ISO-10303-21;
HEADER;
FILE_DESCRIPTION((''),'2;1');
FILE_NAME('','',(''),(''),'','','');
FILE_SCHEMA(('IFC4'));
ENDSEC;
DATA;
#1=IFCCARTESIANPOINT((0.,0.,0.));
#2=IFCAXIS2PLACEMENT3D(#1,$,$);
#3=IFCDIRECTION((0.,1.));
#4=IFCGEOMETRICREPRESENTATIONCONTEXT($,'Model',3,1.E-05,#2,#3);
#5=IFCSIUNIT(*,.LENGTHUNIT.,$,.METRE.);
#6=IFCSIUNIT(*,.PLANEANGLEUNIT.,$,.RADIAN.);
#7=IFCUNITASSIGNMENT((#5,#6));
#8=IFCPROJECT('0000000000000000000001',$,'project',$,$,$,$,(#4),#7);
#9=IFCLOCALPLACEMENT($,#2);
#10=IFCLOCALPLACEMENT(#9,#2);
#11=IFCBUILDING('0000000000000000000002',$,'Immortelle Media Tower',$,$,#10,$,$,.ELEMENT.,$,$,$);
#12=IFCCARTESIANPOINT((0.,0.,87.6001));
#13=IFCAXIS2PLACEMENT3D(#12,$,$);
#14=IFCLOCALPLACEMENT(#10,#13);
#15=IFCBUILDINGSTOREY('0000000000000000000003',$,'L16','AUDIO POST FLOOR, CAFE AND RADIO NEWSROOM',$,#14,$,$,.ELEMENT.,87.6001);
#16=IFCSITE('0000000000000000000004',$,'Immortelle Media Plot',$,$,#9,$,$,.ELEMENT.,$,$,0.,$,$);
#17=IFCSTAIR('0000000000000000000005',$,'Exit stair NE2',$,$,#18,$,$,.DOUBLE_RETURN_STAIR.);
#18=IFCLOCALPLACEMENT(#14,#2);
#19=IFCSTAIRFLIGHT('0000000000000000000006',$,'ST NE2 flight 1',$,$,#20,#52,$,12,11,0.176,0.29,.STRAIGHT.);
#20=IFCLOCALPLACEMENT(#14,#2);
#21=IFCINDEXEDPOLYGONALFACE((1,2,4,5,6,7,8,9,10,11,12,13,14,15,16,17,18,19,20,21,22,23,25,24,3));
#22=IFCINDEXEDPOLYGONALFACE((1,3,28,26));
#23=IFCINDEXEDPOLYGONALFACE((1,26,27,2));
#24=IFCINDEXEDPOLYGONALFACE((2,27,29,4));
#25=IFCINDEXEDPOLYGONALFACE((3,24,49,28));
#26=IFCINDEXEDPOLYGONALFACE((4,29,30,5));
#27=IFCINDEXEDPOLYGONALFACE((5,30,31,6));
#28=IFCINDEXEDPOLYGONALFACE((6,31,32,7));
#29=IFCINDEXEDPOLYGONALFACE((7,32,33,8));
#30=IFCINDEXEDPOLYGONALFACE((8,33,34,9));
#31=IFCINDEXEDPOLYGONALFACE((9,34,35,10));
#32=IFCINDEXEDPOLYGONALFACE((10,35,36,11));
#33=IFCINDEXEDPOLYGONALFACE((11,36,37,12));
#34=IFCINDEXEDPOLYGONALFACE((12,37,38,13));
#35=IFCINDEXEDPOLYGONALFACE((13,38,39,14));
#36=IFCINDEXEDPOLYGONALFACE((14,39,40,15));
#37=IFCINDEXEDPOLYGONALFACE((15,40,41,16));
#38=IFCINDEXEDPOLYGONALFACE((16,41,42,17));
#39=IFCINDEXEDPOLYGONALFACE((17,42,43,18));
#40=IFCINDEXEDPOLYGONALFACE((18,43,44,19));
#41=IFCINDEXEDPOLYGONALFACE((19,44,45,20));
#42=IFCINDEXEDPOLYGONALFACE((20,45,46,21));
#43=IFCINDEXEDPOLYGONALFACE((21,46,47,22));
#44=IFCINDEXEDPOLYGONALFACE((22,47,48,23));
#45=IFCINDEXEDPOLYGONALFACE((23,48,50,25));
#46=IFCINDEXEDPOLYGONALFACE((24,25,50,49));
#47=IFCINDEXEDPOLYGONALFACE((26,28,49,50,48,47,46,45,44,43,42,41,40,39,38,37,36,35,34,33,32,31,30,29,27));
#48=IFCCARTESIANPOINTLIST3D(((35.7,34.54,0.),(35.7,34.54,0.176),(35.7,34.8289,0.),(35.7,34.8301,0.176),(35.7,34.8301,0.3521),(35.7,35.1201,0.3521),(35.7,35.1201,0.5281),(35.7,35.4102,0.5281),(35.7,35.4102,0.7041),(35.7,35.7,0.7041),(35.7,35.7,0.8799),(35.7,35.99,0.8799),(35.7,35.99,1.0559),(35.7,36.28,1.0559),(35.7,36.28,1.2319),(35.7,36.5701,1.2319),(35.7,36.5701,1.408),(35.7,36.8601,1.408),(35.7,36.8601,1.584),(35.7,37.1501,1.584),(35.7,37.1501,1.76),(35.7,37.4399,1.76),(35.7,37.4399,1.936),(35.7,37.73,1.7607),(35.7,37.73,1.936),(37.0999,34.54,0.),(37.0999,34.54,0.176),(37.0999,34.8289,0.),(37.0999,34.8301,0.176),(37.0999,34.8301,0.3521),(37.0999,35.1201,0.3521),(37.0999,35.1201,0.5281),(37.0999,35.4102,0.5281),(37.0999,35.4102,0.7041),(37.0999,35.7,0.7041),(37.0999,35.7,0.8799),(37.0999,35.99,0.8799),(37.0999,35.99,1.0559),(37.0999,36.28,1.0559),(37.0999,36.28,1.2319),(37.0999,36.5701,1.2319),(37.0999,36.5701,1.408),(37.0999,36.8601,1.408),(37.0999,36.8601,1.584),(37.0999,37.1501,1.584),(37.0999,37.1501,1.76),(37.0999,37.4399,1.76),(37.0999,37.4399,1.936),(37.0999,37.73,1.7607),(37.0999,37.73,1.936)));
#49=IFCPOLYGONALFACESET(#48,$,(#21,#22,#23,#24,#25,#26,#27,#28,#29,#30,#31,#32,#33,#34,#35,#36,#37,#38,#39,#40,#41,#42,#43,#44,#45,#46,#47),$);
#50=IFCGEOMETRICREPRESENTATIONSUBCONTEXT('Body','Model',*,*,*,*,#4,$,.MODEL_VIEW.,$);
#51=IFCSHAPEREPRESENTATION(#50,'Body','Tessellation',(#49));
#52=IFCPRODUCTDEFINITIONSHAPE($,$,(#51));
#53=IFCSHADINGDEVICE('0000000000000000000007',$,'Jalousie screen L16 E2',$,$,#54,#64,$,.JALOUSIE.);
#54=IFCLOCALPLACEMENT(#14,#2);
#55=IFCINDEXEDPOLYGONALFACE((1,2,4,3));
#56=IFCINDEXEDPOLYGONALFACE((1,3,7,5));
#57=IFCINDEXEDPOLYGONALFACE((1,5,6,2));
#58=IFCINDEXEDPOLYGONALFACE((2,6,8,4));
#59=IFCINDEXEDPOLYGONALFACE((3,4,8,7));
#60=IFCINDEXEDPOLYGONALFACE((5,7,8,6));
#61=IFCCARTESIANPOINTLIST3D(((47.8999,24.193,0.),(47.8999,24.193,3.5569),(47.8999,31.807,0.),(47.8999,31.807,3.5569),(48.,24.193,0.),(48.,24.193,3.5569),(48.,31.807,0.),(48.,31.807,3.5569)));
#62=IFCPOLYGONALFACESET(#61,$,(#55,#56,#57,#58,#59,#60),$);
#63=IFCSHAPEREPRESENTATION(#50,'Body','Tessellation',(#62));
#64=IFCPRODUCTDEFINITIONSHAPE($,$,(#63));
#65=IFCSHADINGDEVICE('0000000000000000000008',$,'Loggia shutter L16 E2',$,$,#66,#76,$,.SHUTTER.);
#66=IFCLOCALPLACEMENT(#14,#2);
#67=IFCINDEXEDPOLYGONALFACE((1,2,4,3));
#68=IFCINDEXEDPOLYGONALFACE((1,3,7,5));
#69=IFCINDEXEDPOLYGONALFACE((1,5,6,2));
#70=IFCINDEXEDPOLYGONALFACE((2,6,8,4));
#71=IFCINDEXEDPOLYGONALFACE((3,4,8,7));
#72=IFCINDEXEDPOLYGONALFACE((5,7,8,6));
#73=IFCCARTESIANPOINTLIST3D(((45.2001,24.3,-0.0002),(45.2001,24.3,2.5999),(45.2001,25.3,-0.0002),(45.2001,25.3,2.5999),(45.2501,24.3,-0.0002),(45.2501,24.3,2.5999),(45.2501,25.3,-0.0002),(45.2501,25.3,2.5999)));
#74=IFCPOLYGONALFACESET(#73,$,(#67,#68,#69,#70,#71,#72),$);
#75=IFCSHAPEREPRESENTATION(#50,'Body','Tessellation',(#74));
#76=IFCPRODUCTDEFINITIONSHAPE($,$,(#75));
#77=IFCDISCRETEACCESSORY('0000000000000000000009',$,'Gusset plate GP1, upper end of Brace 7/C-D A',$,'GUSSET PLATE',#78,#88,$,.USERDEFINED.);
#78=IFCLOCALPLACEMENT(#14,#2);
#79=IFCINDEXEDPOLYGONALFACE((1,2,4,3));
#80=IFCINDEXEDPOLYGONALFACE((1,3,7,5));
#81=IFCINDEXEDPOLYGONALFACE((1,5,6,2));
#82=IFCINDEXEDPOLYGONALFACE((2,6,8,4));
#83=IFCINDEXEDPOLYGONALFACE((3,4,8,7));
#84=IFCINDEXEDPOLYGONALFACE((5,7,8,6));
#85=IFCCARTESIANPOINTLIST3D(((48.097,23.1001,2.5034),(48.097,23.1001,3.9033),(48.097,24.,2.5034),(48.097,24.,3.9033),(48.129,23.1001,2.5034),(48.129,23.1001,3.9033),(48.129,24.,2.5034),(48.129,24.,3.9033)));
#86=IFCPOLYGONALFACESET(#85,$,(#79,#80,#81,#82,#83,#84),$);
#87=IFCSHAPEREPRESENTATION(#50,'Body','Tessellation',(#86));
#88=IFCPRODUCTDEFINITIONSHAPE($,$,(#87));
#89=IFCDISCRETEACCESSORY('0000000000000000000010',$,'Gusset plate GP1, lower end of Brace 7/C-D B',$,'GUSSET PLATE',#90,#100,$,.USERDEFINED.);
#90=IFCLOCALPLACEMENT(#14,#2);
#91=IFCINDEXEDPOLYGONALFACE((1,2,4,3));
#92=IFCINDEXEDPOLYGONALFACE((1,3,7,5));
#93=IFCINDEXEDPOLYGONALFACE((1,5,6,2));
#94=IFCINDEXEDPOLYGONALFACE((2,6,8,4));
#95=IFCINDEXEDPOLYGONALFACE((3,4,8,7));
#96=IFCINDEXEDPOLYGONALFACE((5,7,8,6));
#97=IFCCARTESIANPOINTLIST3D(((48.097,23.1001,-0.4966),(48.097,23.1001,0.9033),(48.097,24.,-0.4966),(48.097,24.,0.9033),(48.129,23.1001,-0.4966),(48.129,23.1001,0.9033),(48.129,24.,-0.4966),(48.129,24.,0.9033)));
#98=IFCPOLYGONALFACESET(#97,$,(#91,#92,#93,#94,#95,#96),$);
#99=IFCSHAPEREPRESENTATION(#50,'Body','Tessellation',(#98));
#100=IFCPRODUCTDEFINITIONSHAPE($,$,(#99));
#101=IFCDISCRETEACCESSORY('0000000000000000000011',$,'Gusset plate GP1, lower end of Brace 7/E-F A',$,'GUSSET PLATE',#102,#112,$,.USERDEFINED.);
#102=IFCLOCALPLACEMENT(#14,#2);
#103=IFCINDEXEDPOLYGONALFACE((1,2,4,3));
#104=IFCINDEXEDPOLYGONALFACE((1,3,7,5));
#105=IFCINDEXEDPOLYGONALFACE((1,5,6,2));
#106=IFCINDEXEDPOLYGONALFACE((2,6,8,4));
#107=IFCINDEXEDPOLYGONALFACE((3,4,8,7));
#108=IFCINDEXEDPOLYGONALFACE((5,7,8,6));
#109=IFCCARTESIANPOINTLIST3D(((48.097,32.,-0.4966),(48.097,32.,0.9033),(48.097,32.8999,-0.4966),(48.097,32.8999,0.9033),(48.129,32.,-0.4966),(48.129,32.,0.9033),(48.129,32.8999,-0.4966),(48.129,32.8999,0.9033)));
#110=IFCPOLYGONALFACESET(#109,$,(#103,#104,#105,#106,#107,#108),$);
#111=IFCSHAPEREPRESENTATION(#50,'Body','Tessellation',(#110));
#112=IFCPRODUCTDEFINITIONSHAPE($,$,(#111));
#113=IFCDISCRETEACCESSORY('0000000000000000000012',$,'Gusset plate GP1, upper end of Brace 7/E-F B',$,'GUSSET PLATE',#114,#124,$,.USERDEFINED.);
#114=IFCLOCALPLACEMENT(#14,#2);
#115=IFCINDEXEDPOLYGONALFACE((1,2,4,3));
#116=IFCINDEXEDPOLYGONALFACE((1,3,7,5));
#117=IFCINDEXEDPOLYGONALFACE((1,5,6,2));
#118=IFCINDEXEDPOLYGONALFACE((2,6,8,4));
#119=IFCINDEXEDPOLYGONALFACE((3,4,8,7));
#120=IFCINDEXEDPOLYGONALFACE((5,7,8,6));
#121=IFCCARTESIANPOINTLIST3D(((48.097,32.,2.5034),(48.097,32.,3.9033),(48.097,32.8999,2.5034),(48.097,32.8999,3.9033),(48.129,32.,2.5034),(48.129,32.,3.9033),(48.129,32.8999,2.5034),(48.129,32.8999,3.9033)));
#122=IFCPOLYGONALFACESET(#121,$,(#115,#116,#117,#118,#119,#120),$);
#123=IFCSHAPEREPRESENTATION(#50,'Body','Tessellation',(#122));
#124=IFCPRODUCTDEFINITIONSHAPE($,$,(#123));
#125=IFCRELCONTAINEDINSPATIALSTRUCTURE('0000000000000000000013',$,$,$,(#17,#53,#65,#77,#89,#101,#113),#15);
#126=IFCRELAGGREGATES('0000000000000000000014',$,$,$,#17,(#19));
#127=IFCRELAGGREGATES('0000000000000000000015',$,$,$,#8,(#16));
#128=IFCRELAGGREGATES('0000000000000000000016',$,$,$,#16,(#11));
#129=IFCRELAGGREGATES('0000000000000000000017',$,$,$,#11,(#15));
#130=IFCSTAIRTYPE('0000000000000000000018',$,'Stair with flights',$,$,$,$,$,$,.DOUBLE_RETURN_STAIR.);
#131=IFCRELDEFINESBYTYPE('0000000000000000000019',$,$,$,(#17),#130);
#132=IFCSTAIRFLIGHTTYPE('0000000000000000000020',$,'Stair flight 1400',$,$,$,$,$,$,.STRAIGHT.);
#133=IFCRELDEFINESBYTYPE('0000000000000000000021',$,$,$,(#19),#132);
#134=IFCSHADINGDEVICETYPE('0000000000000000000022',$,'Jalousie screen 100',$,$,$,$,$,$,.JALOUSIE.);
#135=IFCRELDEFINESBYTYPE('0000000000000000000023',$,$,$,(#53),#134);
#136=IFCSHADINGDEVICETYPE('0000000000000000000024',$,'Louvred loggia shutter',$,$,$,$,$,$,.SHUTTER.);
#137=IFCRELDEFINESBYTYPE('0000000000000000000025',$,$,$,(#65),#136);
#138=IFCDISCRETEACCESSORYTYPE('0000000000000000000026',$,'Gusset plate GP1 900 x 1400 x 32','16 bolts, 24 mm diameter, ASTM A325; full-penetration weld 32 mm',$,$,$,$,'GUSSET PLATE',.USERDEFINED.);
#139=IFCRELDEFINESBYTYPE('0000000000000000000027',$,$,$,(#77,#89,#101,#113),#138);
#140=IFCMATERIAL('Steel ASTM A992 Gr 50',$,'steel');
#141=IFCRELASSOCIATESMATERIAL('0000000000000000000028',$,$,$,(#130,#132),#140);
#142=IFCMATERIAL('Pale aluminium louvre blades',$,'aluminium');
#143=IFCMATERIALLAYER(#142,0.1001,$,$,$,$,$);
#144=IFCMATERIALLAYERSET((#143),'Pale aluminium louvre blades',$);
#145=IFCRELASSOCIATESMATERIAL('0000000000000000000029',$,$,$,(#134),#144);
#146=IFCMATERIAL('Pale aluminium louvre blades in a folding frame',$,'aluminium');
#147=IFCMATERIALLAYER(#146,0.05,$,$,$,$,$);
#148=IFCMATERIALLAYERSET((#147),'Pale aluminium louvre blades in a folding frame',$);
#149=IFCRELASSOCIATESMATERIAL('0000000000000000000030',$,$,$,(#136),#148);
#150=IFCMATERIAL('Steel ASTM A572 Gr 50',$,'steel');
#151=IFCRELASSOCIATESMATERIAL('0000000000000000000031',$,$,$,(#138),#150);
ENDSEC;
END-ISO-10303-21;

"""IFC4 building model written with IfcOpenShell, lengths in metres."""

from ifc_helpers import new_model, si_unit, direction, frame, origin, origin_2d, place, context, subcontext, project, spatial, polyline, rectangle, outline, extrude, material, layer, layer_set, material_profile, profile_set, type_object, element, aggregate, save


model = new_model("IFC4")

# Units and contexts
model_context = context("Model", 3, precision=1e-05, world=origin(), true_north=direction((0.0, 1.0)))
body_context = subcontext(model_context, "Body", "Model", "MODEL_VIEW")
ifc_project = project(units=[si_unit("LENGTHUNIT", "METRE"), si_unit("PLANEANGLEUNIT", "RADIAN")], contexts=[model_context])

# Site, building, storey
site_placement = place(None, origin())
site = spatial("IfcSite", under=ifc_project, at=site_placement, Name="Immortelle Media Plot", CompositionType="ELEMENT", RefElevation=0.0)
building_placement = place(site_placement, origin())
building = spatial("IfcBuilding", under=site, at=building_placement, Name="Immortelle Media Tower", CompositionType="ELEMENT")
storey_placement = place(building_placement, frame((0.0, 0.0, 87.6001)))
storey = spatial("IfcBuildingStorey", under=building, at=storey_placement, Name="L16", Description="AUDIO POST FLOOR, CAFE AND RADIO NEWSROOM", CompositionType="ELEMENT", Elevation=87.6001)

# Shared definitions
ifc_material_1 = material(Name="Steel ASTM A992 Gr 50", Category="steel")

# Stair, stair flight
stair_type = type_object("IfcStairType", Name="Stair with flights", PredefinedType="DOUBLE_RETURN_STAIR", material=ifc_material_1)
stair_placement = place(storey_placement, origin())
stair = element("IfcStair", 1, at=stair_placement, inside=storey, type_object=stair_type, Name="Exit stair NE2", PredefinedType="DOUBLE_RETURN_STAIR")
stair_flight_type = type_object("IfcStairFlightType", Name="Stair flight 1400", PredefinedType="STRAIGHT", material=ifc_material_1)
stair_flight_placement = place(storey_placement, frame((36.3999, 34.54, 0.0), z_axis=(0.0, 0.0, 1.0), x_axis=(0.0, 1.0, 0.0)))
stair_flight = element("IfcStairFlight", 2, at=stair_flight_placement, type_object=stair_flight_type, Name="ST NE2 flight 1", NumberOfRisers=12, NumberOfTreads=11, PredefinedType="STRAIGHT", RiserHeight=0.176, TreadLength=0.29, context=body_context, shape_type="SweptSolid", body=[
    extrude(outline(polyline([(0.0, 0.0), (0.0, 0.176), (0.29, 0.176), (0.29, 0.3521), (0.5801, 0.3521), (0.5801, 0.5281), (0.8701, 0.5281), (0.8701, 0.7041), (1.1599, 0.7041), (1.1599, 0.8799), (1.45, 0.8799), (1.45, 1.0559), (1.74, 1.0559), (1.74, 1.2319), (2.03, 1.2319), (2.03, 1.408), (2.3201, 1.408), (2.3201, 1.584), (2.6101, 1.584), (2.6101, 1.76), (2.8999, 1.76), (2.8999, 1.936), (3.1899, 1.936), (3.1899, 2.1121), (3.1899, 1.7607), (0.2888, 0.0), (0.0, 0.0)])), frame((0.0, 0.7, 0.0), z_axis=(0.0, -1.0, 0.0), x_axis=(1.0, 0.0, 0.0)), (0.0, 0.0, 1.0), 1.3999),
])
aggregate(stair, [stair_flight])

# Shading devices
ifc_material_2 = material(Name="Pale aluminium louvre blades", Category="aluminium")
ifc_layer_1 = layer(ifc_material_2, 0.1001)
ifc_layer_set_1 = layer_set([ifc_layer_1], Name="Pale aluminium louvre blades")
shading_device_type_1 = type_object("IfcShadingDeviceType", Name="Jalousie screen 100", PredefinedType="JALOUSIE", material=ifc_layer_set_1)
shading_device_1_placement = place(storey_placement, frame((47.95, 28.0, 0.0), z_axis=(0.0, 0.0, 1.0), x_axis=(0.0, 1.0, 0.0)))
element("IfcShadingDevice", 3, at=shading_device_1_placement, inside=storey, type_object=shading_device_type_1, Name="Jalousie screen L16 E2", PredefinedType="JALOUSIE", context=body_context, shape_type="SweptSolid", body=[
    extrude(rectangle(XDim=7.614, YDim=0.1001, at=origin_2d()), origin(), (0.0, 0.0, 1.0), 3.5569),
])
ifc_material_3 = material(Name="Pale aluminium louvre blades in a folding frame", Category="aluminium")
ifc_layer_2 = layer(ifc_material_3, 0.05)
ifc_layer_set_2 = layer_set([ifc_layer_2], Name="Pale aluminium louvre blades in a folding frame")
shading_device_type_2 = type_object("IfcShadingDeviceType", Name="Louvred loggia shutter", PredefinedType="SHUTTER", material=ifc_layer_set_2)
shading_device_2_placement = place(storey_placement, frame((45.2251, 24.8, -0.0002), z_axis=(0.0, 0.0, 1.0), x_axis=(0.0, 1.0, 0.0)))
element("IfcShadingDevice", 4, at=shading_device_2_placement, inside=storey, type_object=shading_device_type_2, Name="Loggia shutter L16 E2", PredefinedType="SHUTTER", context=body_context, shape_type="SweptSolid", body=[
    extrude(rectangle(XDim=1.0, YDim=0.05, at=origin_2d()), origin(), (0.0, 0.0, 1.0), 2.6001),
])

# Discrete accessories
ifc_material_4 = material(Name="Steel ASTM A572 Gr 50", Category="steel")
ifc_material_profile_1 = material_profile(ifc_material_4, rectangle(XDim=0.032, YDim=1.3999, at=origin_2d()), Name="PL 32 x 1400")
ifc_profile_set_1 = profile_set([ifc_material_profile_1], Name="Steel ASTM A572 Gr 50")
discrete_accessory_type = type_object("IfcDiscreteAccessoryType", Name="Gusset plate GP1 900 x 1400 x 32", Description="16 bolts, 24 mm diameter, ASTM A325; full-penetration weld 32 mm", ElementType="GUSSET PLATE", PredefinedType="USERDEFINED", material=ifc_profile_set_1)
for number, where, z_axis, x_axis, name in (
    (5, (48.113, 24.0, 3.2034), (0.0, -1.0, 0.0), (1.0, 0.0, 0.0), "Gusset plate GP1, upper end of Brace 7/C-D A"),
    (6, (48.113, 24.0, 0.2034), (0.0, -1.0, 0.0), (1.0, 0.0, 0.0), "Gusset plate GP1, lower end of Brace 7/C-D B"),
    (7, (48.113, 32.0, 0.2034), (0.0, 1.0, 0.0), (-1.0, 0.0, 0.0), "Gusset plate GP1, lower end of Brace 7/E-F A"),
    (8, (48.113, 32.0, 3.2034), (0.0, 1.0, 0.0), (-1.0, 0.0, 0.0), "Gusset plate GP1, upper end of Brace 7/E-F B"),
):
    element("IfcDiscreteAccessory", number, at=place(storey_placement, frame(where, z_axis=z_axis, x_axis=x_axis)), inside=storey, type_object=discrete_accessory_type, Name=name, ObjectType="GUSSET PLATE", PredefinedType="USERDEFINED", context=body_context, shape_type="SweptSolid", body=[
        extrude(rectangle(XDim=0.032, YDim=1.3999, at=origin_2d()), origin(), (0.0, 0.0, 1.0), 0.8999),
    ])

save(model, "model.ifc")
